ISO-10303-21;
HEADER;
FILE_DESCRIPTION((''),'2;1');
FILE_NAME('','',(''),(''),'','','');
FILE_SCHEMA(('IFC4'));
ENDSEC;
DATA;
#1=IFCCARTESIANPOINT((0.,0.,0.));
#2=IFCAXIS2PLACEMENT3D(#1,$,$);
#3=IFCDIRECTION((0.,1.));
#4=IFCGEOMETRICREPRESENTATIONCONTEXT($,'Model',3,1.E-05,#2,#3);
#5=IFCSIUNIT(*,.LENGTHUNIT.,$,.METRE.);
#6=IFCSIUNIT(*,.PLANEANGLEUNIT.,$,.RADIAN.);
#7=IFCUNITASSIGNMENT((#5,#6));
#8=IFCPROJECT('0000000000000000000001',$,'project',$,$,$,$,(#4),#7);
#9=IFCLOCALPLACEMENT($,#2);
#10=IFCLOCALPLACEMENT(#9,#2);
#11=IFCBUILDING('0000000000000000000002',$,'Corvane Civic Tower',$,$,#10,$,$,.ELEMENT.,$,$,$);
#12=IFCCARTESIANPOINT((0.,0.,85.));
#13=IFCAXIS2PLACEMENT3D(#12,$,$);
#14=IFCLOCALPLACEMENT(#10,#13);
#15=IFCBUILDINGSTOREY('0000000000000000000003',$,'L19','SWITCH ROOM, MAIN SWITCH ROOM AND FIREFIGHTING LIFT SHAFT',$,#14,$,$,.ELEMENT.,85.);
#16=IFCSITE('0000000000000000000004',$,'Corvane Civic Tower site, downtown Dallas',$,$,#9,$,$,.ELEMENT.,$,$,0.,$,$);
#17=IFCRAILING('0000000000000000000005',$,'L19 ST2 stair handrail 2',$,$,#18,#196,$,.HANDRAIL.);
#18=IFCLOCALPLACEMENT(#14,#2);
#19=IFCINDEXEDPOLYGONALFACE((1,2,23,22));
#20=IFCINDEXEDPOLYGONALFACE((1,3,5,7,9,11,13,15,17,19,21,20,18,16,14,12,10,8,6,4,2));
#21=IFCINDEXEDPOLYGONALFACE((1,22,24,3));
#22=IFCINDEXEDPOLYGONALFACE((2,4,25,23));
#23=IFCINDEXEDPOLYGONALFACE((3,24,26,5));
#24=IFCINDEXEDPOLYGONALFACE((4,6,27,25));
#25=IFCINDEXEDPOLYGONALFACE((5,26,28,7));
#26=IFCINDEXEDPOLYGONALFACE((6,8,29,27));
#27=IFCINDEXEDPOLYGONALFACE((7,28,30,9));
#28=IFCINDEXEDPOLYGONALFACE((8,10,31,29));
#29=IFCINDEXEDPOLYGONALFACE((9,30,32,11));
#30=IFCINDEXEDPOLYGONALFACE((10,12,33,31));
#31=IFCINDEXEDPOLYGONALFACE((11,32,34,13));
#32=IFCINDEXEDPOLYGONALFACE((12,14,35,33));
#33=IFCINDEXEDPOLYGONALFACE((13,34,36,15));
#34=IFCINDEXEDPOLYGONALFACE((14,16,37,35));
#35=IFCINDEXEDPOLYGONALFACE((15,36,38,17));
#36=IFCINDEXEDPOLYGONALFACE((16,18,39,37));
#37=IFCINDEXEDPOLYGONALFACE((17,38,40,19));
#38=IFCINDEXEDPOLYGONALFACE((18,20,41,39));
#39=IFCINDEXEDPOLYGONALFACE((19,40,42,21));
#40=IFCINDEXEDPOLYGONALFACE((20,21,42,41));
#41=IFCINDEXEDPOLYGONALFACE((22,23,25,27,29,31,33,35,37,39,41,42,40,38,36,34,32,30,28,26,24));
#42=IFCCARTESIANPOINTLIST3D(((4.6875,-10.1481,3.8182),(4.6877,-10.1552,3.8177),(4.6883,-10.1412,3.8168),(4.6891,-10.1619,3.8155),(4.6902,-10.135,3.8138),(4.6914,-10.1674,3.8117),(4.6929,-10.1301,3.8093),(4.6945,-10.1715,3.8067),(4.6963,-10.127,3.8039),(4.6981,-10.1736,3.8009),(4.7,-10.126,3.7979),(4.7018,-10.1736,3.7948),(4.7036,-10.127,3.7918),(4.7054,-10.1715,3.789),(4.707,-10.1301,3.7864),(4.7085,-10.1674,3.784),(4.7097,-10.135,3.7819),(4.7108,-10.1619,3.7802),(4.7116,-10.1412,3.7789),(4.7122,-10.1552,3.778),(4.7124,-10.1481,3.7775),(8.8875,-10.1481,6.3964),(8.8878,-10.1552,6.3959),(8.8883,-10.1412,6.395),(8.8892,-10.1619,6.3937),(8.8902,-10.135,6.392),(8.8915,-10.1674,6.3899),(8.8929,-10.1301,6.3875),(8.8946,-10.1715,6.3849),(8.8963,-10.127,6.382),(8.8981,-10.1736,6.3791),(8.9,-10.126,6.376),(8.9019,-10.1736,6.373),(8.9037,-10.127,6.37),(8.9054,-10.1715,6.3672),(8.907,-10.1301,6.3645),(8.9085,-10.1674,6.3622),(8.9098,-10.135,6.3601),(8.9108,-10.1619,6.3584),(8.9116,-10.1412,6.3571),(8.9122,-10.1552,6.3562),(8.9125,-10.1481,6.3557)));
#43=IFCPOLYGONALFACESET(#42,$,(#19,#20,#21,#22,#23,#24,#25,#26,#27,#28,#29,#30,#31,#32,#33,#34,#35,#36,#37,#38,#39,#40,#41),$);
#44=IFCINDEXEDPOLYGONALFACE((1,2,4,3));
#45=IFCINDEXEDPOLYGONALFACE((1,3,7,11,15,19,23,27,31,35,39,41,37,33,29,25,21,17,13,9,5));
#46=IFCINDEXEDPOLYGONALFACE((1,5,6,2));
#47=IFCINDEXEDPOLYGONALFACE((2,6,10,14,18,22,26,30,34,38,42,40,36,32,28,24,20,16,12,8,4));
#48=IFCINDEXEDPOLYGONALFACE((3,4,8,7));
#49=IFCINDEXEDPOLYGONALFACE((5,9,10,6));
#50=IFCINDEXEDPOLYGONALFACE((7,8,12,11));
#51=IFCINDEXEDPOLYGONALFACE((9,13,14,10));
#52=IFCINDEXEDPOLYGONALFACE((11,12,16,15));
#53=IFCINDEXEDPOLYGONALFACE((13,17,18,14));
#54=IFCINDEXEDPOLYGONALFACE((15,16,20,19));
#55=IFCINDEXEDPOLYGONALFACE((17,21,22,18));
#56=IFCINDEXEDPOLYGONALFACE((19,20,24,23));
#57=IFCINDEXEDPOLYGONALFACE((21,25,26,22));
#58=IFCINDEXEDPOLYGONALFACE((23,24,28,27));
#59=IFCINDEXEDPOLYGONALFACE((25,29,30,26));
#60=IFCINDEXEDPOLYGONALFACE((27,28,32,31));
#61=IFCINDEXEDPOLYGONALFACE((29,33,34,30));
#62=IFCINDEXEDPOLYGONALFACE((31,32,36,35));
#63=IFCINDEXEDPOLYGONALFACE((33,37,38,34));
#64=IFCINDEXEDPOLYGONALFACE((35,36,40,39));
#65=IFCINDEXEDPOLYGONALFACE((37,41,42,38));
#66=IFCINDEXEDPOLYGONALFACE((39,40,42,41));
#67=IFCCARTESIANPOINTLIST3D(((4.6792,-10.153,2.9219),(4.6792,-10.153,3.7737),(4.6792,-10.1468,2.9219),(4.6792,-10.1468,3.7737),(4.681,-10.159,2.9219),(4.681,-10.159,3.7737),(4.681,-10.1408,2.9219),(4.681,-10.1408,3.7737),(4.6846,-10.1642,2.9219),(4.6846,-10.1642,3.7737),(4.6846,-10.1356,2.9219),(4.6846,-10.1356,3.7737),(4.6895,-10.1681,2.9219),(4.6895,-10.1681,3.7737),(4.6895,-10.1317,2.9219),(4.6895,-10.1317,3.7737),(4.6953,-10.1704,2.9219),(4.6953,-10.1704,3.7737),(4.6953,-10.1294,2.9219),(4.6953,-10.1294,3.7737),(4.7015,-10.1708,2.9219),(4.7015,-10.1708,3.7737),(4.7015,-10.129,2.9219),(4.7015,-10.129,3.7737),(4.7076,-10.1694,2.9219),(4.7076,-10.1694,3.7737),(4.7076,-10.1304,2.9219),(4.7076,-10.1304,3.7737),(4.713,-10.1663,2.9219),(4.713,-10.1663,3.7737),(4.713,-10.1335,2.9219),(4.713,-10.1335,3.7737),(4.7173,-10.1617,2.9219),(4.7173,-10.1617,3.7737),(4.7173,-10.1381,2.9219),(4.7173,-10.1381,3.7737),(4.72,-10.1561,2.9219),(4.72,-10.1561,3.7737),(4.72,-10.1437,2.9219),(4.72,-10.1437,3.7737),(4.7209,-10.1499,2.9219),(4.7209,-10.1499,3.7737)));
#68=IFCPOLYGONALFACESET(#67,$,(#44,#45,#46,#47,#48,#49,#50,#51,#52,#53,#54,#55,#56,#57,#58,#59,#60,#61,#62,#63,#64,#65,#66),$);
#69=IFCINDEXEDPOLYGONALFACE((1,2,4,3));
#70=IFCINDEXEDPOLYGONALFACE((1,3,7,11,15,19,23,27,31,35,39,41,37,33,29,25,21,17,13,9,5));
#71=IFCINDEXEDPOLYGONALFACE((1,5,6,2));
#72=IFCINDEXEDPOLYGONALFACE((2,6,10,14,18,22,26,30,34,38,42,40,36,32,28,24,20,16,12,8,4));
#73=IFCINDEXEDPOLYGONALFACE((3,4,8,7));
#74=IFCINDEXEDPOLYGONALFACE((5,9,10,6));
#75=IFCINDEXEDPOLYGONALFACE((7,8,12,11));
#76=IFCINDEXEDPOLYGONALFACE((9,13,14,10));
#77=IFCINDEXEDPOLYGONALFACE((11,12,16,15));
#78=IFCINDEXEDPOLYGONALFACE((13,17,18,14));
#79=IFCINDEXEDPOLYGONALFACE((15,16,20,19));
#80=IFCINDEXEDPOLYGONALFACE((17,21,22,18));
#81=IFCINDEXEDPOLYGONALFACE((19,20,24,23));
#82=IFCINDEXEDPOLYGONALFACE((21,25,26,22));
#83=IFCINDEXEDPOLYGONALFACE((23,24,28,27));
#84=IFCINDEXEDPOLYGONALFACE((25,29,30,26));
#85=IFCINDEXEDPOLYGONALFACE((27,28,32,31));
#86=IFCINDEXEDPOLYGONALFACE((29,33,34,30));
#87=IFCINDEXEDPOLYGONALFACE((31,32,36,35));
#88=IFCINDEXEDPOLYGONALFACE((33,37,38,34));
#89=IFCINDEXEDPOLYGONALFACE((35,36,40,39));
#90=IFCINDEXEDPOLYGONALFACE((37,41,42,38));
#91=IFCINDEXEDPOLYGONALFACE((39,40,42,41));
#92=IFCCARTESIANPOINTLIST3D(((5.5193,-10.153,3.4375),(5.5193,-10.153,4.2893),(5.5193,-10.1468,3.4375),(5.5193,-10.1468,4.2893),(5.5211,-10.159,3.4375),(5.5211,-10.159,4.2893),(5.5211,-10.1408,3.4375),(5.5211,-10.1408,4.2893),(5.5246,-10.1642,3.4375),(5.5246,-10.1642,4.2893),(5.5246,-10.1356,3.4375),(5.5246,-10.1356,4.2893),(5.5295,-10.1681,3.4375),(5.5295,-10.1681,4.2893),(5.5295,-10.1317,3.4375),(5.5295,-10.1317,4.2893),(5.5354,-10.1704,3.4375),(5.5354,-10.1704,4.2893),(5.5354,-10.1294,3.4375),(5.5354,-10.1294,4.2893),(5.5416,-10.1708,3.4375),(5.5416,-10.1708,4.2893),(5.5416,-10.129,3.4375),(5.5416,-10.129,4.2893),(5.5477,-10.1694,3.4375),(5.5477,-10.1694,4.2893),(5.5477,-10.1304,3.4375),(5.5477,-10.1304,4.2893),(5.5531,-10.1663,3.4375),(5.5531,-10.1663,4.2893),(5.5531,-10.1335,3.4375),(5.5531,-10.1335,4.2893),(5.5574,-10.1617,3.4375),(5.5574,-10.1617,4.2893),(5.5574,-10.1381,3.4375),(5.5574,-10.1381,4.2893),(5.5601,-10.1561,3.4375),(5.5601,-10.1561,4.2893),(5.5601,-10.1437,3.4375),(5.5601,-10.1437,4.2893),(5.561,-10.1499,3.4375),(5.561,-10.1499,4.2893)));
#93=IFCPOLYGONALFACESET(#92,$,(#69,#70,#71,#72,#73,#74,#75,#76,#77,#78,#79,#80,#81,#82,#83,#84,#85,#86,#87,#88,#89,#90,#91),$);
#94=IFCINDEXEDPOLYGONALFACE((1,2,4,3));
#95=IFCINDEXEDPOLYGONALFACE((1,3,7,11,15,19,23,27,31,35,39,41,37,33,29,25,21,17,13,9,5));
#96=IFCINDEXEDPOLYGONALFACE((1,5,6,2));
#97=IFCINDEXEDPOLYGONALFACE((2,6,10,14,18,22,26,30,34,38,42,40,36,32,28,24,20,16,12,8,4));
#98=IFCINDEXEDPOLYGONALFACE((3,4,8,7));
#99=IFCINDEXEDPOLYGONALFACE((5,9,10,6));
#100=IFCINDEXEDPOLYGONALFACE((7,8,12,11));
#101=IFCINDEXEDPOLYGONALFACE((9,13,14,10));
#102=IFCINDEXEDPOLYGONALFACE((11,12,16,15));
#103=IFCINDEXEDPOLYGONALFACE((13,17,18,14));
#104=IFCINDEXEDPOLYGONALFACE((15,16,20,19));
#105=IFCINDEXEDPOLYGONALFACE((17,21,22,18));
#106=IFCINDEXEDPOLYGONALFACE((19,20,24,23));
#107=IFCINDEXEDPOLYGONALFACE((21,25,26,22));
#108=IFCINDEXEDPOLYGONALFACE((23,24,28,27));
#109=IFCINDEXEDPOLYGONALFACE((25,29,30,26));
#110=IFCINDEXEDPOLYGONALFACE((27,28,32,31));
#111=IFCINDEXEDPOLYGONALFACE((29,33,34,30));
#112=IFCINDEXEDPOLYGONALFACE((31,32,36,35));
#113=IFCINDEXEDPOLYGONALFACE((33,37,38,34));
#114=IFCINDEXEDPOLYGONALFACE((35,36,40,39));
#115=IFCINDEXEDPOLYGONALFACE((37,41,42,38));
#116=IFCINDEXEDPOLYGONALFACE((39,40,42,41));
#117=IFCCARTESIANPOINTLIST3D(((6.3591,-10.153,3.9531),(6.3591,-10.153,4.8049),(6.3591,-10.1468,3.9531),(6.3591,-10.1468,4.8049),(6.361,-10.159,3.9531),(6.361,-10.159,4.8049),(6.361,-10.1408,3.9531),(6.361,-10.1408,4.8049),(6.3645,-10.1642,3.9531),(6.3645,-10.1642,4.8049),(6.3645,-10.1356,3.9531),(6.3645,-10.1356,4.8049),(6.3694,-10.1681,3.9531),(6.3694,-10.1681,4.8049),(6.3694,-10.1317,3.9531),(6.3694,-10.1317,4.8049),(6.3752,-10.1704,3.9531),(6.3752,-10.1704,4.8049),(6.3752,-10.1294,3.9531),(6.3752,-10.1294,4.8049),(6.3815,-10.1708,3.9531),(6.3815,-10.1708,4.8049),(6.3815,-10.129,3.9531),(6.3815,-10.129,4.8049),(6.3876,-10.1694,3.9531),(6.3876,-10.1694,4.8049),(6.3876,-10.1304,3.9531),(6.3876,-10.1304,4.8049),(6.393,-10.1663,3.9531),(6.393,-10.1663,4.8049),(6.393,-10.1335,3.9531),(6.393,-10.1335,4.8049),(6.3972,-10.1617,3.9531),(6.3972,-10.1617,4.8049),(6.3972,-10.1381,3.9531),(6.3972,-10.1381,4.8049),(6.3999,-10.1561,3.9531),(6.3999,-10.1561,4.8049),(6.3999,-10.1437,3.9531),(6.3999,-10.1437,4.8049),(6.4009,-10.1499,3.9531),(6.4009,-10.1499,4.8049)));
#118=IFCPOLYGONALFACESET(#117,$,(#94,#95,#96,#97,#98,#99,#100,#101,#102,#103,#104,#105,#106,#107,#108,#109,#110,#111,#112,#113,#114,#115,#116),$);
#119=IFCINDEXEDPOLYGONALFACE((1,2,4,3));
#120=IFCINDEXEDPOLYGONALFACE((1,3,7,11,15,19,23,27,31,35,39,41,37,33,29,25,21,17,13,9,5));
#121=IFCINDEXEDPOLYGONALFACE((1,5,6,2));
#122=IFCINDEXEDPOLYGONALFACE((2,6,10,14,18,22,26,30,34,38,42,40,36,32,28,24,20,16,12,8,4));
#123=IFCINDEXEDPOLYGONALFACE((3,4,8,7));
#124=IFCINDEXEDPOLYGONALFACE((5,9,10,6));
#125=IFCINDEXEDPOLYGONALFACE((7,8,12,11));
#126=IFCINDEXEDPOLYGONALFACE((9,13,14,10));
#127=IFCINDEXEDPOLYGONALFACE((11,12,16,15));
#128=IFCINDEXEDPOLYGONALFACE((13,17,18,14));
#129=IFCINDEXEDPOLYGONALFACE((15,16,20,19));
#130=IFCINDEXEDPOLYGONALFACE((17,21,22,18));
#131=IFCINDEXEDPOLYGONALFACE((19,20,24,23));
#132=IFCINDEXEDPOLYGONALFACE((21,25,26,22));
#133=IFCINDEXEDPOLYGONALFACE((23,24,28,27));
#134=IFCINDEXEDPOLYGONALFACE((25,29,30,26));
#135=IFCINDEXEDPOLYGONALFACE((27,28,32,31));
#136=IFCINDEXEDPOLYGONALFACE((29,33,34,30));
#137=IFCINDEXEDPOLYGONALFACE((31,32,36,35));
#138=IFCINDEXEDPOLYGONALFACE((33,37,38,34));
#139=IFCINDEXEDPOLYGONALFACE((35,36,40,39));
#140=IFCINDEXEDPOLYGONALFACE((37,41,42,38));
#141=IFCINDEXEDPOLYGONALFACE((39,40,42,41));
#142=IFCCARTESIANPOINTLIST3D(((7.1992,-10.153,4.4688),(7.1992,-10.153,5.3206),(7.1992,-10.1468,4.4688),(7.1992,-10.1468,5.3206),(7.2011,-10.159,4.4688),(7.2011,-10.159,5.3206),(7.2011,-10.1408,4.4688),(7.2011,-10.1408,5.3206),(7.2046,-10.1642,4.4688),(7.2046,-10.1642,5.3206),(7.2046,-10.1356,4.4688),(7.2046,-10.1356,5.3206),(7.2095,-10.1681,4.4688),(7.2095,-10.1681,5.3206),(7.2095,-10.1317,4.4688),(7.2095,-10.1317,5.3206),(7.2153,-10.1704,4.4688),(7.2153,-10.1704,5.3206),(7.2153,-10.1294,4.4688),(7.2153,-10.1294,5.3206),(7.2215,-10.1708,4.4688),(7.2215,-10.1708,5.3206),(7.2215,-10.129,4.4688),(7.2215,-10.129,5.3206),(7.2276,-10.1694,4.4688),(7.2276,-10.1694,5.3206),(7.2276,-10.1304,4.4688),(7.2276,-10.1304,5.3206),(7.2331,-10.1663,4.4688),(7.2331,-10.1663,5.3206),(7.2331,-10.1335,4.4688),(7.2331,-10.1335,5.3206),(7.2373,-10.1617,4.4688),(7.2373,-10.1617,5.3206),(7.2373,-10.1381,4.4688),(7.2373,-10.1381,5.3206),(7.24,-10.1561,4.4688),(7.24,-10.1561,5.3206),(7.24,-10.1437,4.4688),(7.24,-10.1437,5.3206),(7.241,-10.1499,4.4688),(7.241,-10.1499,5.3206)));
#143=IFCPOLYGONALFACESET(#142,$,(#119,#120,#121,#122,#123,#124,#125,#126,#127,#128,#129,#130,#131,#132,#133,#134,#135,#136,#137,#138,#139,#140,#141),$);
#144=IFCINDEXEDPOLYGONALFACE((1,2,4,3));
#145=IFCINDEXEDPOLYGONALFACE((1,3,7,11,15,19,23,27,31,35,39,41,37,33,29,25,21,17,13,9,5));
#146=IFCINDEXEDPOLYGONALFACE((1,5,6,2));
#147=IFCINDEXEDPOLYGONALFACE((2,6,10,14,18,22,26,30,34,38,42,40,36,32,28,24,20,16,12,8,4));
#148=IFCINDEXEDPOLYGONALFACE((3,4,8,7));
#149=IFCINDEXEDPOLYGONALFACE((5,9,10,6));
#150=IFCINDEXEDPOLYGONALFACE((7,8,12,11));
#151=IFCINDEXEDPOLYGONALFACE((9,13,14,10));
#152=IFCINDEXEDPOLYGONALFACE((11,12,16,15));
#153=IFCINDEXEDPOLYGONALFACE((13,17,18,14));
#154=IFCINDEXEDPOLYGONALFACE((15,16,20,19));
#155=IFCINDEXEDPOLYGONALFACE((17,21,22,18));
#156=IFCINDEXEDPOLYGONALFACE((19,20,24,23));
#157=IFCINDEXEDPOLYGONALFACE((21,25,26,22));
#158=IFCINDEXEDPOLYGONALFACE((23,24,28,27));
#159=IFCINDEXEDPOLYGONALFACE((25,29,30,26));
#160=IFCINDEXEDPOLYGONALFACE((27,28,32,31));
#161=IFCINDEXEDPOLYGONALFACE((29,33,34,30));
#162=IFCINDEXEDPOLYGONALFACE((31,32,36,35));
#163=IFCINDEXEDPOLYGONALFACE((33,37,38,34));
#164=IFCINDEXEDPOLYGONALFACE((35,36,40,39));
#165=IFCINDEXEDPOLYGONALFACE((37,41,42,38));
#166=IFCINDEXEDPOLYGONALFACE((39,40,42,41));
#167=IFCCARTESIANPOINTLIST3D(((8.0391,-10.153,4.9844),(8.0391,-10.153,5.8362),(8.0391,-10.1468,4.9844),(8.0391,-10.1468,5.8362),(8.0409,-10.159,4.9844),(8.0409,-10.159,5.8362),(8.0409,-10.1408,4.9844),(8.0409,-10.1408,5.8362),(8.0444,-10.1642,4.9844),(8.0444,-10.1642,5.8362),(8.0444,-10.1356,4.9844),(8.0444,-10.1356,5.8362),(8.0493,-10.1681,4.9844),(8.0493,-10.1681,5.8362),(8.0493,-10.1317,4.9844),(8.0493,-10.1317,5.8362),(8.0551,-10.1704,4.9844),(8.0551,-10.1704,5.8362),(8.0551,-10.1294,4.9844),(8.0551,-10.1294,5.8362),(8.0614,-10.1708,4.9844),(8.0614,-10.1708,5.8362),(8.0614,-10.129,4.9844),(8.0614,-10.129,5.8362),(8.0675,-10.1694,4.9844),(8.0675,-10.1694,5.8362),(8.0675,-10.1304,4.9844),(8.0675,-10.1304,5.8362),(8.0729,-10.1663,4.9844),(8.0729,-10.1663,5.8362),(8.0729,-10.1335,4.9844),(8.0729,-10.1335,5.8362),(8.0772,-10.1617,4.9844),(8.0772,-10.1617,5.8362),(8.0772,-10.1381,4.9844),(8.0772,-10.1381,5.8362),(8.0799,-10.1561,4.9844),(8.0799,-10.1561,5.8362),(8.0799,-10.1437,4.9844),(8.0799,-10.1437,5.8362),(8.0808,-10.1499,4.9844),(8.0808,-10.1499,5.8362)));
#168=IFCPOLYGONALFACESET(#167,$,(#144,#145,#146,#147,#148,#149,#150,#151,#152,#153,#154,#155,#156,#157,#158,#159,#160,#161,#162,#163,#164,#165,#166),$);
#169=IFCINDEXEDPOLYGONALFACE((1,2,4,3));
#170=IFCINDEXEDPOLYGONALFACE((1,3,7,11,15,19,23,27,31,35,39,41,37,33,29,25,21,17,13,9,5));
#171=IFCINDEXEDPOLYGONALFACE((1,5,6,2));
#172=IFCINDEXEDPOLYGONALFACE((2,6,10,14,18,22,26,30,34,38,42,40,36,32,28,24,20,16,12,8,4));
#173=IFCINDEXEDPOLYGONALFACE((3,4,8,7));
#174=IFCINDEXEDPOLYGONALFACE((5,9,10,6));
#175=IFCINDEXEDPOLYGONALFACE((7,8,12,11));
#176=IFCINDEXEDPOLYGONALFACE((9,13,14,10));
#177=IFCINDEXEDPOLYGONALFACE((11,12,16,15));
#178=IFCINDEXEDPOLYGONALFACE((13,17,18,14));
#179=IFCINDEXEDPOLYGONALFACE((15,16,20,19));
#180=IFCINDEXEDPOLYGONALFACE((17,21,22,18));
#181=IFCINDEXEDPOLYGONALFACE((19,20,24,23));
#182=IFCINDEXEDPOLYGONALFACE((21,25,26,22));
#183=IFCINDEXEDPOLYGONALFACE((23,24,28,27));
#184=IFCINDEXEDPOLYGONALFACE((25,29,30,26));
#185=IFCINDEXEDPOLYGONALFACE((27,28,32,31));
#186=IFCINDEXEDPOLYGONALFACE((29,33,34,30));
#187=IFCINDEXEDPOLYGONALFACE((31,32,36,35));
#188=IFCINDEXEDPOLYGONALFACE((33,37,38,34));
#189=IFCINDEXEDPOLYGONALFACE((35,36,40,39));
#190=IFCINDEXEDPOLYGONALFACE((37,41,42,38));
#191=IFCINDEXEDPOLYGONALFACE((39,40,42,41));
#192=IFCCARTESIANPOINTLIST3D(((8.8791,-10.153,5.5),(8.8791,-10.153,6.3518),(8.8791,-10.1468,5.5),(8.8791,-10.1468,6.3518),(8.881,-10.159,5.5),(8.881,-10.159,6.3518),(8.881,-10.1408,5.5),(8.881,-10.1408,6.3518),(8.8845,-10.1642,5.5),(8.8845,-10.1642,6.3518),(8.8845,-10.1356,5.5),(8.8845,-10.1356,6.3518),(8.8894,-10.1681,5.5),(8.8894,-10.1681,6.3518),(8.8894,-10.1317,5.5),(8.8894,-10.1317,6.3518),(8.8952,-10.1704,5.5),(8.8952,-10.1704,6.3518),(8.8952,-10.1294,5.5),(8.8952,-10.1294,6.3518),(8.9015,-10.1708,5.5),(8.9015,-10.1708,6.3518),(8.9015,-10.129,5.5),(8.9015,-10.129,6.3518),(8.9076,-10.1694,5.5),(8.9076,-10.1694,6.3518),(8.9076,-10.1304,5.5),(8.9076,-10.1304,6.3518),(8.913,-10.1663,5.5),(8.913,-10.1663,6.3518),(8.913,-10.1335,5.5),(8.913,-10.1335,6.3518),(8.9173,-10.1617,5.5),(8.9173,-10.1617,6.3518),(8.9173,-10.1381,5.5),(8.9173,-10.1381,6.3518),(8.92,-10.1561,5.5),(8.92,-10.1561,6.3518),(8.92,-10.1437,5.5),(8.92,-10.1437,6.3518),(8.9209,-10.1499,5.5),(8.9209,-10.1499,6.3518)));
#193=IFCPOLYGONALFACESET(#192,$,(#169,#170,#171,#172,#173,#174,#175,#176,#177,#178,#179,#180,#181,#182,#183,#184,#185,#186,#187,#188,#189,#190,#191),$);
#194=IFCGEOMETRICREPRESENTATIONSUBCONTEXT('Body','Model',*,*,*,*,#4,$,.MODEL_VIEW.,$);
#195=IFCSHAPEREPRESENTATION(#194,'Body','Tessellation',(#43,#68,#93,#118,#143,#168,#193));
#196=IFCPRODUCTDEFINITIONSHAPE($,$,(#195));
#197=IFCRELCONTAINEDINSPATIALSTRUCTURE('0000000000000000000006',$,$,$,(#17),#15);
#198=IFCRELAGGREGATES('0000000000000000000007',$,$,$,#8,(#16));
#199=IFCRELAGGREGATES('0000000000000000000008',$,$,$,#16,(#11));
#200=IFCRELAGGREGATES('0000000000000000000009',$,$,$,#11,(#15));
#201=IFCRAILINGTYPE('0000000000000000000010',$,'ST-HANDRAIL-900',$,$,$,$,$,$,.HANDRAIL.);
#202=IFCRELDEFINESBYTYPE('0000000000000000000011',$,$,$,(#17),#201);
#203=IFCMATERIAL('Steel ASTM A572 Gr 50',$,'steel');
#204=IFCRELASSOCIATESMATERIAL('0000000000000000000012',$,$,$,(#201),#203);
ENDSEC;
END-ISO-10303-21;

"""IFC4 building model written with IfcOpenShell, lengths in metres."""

from ifc_helpers import new_model, si_unit, direction, frame, origin, origin_2d, place, context, subcontext, project, spatial, circle, extrude, material, type_object, element, save


model = new_model("IFC4")

# Units and contexts
model_context = context("Model", 3, precision=1e-05, world=origin(), true_north=direction((0.0, 1.0)))
body_context = subcontext(model_context, "Body", "Model", "MODEL_VIEW")
ifc_project = project(units=[si_unit("LENGTHUNIT", "METRE"), si_unit("PLANEANGLEUNIT", "RADIAN")], contexts=[model_context])

# Site, building, storey
site_placement = place(None, origin())
site = spatial("IfcSite", under=ifc_project, at=site_placement, Name="Corvane Civic Tower site, downtown Dallas", CompositionType="ELEMENT", RefElevation=0.0)
building_placement = place(site_placement, origin())
building = spatial("IfcBuilding", under=site, at=building_placement, Name="Corvane Civic Tower", CompositionType="ELEMENT")
storey_placement = place(building_placement, frame((0.0, 0.0, 85.0)))
storey = spatial("IfcBuildingStorey", under=building, at=storey_placement, Name="L19", Description="SWITCH ROOM, MAIN SWITCH ROOM AND FIREFIGHTING LIFT SHAFT", CompositionType="ELEMENT", Elevation=85.0)

# Railing
ifc_material_1 = material(Name="Steel ASTM A572 Gr 50", Category="steel")
railing_type = type_object("IfcRailingType", Name="ST-HANDRAIL-900", PredefinedType="HANDRAIL", material=ifc_material_1)
railing_placement = place(storey_placement, frame((4.7, -10.1499, 2.9219)))
element("IfcRailing", 1, at=railing_placement, inside=storey, type_object=railing_type, Name="L19 ST2 stair handrail 2", PredefinedType="HANDRAIL", context=body_context, shape_type="SweptSolid", body=[
    extrude(circle(Radius=0.0239, at=origin_2d()), frame((0.0, 0.0, 0.876), z_axis=(0.852243, 0.0, 0.523146), x_axis=(0.0, 1.0, 0.0)), (0.0, 0.0, 1.0), 4.9282),
    extrude(circle(Radius=0.021, at=origin_2d()), origin(), (0.0, 0.0, 1.0), 0.8518),
    extrude(circle(Radius=0.021, at=origin_2d()), frame((0.8401, 0.0, 0.5156)), (0.0, 0.0, 1.0), 0.8518),
    extrude(circle(Radius=0.021, at=origin_2d()), frame((1.6799, 0.0, 1.0312)), (0.0, 0.0, 1.0), 0.8518),
    extrude(circle(Radius=0.021, at=origin_2d()), frame((2.52, 0.0, 1.5469)), (0.0, 0.0, 1.0), 0.8518),
    extrude(circle(Radius=0.021, at=origin_2d()), frame((3.3599, 0.0, 2.0625)), (0.0, 0.0, 1.0), 0.8518),
    extrude(circle(Radius=0.021, at=origin_2d()), frame((4.2, 0.0, 2.5781)), (0.0, 0.0, 1.0), 0.8518),
])

save(model, "model.ifc")
